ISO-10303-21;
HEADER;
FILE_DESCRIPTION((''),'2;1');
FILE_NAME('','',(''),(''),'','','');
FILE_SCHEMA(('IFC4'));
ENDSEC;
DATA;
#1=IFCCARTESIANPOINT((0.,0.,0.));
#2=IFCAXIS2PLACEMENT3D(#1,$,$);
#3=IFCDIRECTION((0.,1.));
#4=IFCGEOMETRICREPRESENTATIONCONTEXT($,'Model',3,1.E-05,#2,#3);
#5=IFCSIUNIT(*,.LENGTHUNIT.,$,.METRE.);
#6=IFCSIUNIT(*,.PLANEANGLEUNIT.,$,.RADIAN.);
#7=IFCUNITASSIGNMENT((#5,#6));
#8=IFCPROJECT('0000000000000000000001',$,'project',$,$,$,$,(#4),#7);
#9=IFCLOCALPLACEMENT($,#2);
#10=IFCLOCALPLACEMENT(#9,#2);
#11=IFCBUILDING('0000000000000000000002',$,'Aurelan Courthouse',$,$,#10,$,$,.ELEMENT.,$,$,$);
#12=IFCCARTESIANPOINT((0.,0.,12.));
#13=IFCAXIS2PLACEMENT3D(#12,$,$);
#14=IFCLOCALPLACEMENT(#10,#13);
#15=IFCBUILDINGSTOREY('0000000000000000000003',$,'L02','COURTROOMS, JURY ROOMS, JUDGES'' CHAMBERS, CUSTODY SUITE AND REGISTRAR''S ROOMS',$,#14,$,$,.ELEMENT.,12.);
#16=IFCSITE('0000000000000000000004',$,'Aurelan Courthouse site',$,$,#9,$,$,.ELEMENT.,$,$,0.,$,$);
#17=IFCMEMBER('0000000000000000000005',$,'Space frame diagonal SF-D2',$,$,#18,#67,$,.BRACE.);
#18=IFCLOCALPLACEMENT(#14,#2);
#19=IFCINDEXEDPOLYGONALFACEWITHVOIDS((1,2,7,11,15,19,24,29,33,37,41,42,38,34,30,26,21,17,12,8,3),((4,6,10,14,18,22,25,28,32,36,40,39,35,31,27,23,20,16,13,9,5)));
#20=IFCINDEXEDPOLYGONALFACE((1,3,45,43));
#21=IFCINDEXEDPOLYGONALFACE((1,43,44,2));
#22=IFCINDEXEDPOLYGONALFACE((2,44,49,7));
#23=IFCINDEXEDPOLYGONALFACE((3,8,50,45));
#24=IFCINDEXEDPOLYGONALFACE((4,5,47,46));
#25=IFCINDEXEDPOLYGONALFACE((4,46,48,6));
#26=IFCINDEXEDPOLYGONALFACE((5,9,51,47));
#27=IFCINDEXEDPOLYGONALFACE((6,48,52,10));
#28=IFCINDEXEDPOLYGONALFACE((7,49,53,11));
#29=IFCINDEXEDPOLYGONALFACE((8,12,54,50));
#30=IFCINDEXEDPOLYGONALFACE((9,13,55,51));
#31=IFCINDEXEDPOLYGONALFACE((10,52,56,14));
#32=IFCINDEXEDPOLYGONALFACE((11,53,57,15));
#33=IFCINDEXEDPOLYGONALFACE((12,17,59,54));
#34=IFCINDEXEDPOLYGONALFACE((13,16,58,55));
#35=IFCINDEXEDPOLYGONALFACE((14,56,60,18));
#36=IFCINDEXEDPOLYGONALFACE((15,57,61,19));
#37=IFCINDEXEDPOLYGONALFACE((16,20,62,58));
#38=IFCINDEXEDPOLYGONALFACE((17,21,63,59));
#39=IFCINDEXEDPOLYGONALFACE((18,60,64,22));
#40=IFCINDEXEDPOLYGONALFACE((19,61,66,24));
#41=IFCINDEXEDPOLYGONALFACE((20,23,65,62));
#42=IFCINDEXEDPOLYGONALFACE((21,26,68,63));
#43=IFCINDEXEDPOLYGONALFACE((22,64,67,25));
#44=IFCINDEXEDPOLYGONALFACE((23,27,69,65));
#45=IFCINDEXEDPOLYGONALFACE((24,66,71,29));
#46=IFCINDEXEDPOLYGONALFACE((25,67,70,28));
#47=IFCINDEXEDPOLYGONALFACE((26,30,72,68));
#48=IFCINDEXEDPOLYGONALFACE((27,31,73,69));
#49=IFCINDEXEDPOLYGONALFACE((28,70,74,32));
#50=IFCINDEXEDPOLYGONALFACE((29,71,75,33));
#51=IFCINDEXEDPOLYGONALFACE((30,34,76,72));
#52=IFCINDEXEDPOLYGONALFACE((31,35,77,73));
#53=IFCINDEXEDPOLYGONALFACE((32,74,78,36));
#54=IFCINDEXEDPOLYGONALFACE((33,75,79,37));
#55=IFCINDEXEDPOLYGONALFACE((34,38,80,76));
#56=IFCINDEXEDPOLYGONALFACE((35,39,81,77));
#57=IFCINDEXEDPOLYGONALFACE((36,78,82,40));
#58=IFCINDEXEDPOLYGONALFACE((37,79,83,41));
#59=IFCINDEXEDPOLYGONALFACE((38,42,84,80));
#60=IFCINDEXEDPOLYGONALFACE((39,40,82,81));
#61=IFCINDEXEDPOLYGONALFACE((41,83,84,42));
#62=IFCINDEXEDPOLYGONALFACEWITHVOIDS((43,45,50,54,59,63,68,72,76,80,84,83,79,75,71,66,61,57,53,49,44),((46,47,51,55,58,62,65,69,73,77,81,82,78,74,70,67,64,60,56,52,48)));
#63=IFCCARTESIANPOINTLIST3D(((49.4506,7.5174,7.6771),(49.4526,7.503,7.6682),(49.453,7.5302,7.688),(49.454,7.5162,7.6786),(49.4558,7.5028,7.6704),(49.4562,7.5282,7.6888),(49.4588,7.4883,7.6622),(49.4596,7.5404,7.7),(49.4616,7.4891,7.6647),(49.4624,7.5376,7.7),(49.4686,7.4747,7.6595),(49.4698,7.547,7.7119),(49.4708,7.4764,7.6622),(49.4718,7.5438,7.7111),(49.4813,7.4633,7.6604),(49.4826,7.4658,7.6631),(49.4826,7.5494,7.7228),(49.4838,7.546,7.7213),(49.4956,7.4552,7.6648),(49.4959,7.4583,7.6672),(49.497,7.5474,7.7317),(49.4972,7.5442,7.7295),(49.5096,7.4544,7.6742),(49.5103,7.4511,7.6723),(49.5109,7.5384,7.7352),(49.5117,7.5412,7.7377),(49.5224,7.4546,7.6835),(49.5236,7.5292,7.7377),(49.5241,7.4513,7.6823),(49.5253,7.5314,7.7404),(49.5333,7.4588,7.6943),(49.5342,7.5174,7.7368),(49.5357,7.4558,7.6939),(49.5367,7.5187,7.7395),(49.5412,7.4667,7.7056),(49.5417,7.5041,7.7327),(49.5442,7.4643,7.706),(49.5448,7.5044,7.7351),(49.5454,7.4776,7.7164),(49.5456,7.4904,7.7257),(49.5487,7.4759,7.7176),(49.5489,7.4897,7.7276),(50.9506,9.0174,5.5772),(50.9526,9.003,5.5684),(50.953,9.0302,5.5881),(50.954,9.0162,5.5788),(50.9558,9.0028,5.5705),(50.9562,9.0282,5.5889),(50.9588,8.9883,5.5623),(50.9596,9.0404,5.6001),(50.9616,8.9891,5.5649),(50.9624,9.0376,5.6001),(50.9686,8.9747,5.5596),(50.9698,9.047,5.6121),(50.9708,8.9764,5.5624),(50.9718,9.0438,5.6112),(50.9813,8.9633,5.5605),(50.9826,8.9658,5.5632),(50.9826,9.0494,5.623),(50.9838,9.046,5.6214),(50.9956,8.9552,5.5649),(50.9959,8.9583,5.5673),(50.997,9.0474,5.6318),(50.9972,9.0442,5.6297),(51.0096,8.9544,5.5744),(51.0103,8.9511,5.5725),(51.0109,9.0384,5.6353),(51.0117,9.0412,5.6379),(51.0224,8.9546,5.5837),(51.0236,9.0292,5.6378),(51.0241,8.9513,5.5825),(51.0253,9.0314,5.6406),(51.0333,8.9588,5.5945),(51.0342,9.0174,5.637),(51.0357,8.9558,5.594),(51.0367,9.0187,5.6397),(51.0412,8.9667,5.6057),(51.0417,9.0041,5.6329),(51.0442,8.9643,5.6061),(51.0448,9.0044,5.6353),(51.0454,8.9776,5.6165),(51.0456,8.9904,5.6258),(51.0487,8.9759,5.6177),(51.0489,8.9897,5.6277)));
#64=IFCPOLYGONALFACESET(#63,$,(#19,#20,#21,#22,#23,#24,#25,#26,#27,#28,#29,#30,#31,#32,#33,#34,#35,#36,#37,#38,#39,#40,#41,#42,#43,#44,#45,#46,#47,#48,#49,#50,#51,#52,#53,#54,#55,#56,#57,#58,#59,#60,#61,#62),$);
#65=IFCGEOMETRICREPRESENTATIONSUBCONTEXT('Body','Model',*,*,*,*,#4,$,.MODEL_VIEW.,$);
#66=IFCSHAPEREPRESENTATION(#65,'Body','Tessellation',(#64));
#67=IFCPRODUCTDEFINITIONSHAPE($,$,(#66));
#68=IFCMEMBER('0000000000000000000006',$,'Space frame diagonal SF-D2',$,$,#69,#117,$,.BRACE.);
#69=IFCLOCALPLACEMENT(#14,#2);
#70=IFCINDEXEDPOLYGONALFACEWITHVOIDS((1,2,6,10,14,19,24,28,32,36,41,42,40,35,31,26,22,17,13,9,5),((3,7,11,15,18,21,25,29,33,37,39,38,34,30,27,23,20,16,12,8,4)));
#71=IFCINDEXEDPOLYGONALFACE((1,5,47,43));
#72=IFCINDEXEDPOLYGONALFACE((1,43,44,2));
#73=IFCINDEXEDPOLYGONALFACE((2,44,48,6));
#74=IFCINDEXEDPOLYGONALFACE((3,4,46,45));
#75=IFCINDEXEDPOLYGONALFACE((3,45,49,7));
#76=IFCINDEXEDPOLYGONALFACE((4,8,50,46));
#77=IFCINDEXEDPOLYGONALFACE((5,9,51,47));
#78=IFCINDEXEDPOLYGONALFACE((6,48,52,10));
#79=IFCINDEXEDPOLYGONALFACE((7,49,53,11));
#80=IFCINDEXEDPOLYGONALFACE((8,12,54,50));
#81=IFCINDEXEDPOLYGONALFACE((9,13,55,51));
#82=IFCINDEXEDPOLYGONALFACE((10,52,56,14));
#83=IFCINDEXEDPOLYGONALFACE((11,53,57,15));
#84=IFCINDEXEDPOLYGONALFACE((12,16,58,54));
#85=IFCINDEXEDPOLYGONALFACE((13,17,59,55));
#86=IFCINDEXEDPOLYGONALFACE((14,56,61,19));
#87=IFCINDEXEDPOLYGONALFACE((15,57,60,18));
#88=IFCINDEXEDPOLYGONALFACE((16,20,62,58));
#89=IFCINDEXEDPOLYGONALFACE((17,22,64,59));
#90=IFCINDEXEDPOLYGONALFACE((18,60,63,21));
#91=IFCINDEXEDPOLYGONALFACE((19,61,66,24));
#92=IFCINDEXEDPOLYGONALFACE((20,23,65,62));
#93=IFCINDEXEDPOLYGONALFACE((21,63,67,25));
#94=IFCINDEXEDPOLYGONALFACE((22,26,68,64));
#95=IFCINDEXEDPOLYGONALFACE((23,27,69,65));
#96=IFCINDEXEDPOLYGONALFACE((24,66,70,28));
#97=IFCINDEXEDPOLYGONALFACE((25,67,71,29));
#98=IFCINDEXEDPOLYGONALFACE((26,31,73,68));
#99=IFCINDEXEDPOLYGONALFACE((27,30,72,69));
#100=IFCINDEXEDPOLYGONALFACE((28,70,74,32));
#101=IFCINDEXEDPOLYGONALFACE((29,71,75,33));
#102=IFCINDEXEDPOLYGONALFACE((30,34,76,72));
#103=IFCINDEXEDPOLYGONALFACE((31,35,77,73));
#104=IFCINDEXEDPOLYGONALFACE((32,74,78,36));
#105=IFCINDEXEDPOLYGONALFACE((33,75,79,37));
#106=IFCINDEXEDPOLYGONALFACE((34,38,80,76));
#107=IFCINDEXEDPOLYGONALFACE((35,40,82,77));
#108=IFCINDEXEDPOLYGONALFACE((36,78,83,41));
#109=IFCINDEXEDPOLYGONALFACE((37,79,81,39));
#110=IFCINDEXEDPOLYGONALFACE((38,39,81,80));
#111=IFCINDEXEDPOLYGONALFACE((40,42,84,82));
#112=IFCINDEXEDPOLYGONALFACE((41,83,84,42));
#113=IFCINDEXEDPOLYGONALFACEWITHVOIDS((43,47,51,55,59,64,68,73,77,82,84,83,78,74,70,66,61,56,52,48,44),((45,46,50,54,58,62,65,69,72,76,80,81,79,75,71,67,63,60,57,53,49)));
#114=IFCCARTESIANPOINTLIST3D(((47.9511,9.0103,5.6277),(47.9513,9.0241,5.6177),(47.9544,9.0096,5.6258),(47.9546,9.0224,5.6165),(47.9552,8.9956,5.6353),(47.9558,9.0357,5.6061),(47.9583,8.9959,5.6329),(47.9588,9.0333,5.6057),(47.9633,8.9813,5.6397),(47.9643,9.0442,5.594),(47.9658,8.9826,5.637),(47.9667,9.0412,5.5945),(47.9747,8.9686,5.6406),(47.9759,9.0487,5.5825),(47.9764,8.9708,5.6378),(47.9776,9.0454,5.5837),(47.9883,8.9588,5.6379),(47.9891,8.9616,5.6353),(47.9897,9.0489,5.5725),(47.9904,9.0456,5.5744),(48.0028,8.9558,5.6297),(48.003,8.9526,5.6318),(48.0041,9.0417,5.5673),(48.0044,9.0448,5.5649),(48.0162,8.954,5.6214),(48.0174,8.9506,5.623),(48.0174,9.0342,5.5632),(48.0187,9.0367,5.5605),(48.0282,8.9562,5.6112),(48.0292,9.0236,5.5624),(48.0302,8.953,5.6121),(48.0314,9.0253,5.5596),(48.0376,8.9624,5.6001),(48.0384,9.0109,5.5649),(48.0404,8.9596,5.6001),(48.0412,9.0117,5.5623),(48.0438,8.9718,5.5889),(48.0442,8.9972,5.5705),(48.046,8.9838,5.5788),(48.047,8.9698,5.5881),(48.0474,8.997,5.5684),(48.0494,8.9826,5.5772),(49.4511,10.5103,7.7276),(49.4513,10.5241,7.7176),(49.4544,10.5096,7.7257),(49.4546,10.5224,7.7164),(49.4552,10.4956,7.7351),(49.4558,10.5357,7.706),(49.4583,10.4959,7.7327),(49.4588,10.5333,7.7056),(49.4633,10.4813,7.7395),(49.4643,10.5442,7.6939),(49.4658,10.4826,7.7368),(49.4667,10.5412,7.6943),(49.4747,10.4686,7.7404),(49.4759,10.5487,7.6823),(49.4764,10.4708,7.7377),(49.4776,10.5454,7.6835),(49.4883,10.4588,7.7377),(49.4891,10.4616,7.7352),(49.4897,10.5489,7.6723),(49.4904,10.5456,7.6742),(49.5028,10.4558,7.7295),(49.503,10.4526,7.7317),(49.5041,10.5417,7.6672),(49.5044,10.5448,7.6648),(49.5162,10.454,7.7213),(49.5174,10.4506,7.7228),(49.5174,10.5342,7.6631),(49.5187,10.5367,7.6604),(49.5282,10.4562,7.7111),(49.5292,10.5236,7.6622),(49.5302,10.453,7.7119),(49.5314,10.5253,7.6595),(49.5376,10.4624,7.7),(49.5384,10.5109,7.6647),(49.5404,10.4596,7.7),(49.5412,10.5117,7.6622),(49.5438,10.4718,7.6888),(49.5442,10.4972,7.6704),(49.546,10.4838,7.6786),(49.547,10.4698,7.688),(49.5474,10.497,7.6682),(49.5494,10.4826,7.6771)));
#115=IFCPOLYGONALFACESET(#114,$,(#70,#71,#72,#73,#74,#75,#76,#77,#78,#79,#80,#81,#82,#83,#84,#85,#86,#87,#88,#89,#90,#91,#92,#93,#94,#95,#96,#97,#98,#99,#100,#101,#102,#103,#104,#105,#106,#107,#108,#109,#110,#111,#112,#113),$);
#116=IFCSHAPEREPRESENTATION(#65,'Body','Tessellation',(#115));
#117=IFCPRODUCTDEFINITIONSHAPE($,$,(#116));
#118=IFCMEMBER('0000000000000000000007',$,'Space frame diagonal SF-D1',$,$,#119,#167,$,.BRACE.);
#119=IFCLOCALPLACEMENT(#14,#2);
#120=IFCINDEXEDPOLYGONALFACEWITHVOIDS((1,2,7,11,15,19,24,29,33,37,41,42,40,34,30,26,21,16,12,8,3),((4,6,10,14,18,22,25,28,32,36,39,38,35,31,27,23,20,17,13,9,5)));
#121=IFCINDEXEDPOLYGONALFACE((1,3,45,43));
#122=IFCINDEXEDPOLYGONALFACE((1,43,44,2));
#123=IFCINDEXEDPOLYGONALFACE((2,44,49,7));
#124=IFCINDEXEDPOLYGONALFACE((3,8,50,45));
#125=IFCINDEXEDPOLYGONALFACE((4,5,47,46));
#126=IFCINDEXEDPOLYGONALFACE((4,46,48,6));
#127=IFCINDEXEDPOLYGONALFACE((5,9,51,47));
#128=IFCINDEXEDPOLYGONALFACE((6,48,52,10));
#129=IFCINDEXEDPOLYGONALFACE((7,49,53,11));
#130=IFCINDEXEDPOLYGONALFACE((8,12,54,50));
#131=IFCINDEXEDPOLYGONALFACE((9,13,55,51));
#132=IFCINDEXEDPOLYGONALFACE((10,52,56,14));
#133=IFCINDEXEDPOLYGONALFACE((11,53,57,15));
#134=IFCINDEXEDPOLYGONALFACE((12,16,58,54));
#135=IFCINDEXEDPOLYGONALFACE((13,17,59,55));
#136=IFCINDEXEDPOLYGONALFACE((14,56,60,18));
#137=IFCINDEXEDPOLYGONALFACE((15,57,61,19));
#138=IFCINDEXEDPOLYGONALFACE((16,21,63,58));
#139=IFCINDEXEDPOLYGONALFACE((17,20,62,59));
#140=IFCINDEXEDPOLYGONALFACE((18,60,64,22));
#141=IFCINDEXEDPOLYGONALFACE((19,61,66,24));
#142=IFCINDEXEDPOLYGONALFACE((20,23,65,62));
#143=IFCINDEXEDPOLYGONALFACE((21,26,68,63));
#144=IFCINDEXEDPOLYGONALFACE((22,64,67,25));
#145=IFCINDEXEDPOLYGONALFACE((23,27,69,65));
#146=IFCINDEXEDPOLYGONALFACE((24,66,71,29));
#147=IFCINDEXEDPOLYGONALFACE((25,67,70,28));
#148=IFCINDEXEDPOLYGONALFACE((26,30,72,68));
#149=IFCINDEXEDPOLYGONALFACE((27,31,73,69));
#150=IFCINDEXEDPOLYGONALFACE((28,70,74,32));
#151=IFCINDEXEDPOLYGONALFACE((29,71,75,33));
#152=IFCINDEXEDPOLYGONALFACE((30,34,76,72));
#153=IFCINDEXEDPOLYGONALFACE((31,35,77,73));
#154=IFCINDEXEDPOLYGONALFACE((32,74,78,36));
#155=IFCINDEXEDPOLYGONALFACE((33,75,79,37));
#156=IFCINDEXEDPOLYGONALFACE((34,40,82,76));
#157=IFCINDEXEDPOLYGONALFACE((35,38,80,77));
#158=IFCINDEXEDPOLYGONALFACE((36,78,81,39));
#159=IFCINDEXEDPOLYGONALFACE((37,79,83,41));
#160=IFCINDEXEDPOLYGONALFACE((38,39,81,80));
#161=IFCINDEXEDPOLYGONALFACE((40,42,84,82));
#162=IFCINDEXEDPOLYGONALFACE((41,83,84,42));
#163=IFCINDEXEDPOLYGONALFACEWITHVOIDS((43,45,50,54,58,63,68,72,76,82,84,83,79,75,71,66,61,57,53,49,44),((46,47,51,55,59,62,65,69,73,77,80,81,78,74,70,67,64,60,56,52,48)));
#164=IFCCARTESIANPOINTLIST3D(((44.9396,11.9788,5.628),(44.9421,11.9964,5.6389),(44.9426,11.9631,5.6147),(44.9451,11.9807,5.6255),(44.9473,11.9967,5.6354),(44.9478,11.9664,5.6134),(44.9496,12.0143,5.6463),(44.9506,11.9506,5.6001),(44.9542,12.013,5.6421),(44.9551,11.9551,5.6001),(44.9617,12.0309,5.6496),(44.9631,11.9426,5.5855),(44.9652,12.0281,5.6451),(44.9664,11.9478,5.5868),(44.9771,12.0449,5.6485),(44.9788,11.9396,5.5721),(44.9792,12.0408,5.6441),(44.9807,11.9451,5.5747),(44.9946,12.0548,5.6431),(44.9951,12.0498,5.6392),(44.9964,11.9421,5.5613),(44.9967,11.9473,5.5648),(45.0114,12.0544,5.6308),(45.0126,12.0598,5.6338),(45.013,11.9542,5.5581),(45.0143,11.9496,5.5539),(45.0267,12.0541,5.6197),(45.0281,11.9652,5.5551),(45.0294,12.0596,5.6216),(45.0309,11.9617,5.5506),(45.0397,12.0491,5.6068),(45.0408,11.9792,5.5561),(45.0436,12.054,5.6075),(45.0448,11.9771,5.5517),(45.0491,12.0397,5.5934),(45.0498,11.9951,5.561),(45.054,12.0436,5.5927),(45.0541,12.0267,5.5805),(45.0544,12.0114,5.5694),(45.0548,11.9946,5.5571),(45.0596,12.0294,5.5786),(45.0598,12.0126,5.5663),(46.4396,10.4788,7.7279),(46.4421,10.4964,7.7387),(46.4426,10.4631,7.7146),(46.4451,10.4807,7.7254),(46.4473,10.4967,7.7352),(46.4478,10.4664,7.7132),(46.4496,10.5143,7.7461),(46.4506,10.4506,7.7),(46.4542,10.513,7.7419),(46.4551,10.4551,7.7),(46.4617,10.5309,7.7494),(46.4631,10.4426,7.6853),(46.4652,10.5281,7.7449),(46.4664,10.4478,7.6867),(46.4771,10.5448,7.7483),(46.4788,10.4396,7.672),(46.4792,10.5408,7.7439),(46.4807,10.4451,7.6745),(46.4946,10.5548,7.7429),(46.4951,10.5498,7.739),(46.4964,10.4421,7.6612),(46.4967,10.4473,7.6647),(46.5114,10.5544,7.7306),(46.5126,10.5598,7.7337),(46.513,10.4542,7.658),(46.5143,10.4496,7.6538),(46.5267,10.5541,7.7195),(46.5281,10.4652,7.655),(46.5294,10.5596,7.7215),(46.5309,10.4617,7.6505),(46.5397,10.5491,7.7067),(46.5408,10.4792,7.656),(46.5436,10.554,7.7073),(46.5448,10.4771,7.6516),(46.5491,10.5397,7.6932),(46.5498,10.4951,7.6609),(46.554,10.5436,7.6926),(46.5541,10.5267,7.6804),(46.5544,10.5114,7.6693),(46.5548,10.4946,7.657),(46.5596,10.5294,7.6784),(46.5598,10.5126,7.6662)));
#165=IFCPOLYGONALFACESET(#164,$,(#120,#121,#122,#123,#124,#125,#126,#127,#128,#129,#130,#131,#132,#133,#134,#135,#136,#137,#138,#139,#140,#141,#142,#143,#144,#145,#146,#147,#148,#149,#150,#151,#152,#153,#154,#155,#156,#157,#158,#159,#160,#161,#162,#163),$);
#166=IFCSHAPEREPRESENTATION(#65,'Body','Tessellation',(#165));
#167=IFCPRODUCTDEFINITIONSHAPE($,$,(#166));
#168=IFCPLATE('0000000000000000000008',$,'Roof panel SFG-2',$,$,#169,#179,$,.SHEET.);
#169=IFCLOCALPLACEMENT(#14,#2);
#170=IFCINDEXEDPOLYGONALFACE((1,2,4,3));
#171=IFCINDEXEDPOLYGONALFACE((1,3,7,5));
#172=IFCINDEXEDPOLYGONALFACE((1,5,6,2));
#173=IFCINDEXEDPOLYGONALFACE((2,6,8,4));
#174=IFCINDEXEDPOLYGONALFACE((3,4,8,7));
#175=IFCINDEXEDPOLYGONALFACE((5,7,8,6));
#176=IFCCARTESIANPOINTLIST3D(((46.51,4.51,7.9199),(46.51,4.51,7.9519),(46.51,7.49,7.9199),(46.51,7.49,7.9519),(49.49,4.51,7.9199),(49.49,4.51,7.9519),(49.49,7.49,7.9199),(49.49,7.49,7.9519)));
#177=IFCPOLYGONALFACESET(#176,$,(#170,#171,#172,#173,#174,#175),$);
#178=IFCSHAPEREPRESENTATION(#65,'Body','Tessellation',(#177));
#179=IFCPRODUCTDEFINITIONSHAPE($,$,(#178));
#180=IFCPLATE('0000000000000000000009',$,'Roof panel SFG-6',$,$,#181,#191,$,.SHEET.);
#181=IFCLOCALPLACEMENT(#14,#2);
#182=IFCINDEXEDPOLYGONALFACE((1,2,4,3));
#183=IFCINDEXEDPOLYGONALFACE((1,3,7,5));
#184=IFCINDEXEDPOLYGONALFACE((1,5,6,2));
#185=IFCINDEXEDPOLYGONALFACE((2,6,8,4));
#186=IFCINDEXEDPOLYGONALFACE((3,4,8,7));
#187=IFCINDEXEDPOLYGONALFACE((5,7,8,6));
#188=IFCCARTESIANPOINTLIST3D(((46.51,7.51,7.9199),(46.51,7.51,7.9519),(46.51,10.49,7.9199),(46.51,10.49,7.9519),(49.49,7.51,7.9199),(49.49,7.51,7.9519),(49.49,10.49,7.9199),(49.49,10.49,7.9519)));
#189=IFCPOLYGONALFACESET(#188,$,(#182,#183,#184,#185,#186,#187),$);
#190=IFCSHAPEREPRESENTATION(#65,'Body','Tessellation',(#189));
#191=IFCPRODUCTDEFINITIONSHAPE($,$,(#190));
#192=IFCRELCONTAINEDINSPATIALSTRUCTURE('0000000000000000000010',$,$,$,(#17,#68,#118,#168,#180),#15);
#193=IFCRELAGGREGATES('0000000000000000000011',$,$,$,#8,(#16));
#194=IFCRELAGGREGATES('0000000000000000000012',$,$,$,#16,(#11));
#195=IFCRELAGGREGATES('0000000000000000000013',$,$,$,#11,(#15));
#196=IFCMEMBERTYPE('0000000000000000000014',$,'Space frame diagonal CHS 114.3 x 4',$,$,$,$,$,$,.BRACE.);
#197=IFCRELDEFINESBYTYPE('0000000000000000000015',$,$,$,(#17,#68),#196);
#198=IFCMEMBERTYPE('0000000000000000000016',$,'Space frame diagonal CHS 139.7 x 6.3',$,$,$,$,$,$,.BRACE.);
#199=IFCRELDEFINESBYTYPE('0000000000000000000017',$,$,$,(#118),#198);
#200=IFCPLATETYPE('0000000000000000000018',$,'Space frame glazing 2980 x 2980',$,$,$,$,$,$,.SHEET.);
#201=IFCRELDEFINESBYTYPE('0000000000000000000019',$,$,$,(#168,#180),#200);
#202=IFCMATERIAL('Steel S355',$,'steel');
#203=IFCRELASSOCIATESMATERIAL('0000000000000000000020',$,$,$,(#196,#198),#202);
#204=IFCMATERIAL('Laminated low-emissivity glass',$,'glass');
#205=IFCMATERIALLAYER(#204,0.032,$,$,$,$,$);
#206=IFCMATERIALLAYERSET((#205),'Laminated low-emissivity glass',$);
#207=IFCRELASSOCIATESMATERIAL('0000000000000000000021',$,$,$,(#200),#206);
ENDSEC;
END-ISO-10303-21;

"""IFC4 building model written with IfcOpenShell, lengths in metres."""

from ifc_helpers import new_model, si_unit, direction, frame, origin, origin_2d, place, context, subcontext, project, spatial, rectangle, hollow_circle, extrude, material, layer, layer_set, material_profile, profile_set, type_object, element, save


model = new_model("IFC4")

# Units and contexts
model_context = context("Model", 3, precision=1e-05, world=origin(), true_north=direction((0.0, 1.0)))
body_context = subcontext(model_context, "Body", "Model", "MODEL_VIEW")
ifc_project = project(units=[si_unit("LENGTHUNIT", "METRE"), si_unit("PLANEANGLEUNIT", "RADIAN")], contexts=[model_context])

# Site, building, storey
site_placement = place(None, origin())
site = spatial("IfcSite", under=ifc_project, at=site_placement, Name="Aurelan Courthouse site", CompositionType="ELEMENT", RefElevation=0.0)
building_placement = place(site_placement, origin())
building = spatial("IfcBuilding", under=site, at=building_placement, Name="Aurelan Courthouse", CompositionType="ELEMENT")
storey_placement = place(building_placement, frame((0.0, 0.0, 12.0)))
storey = spatial("IfcBuildingStorey", under=building, at=storey_placement, Name="L02", Description="COURTROOMS, JURY ROOMS, JUDGES' CHAMBERS, CUSTODY SUITE AND REGISTRAR'S ROOMS", CompositionType="ELEMENT", Elevation=12.0)

# Members
ifc_material_1 = material(Name="Steel S355", Category="steel")
ifc_material_profile_1 = material_profile(ifc_material_1, hollow_circle(Radius=0.0571, WallThickness=0.0039, at=origin_2d()), Name="CHS 114.3 x 4")
ifc_profile_set_1 = profile_set([ifc_material_profile_1], Name="Steel S355")
member_type_1 = type_object("IfcMemberType", Name="Space frame diagonal CHS 114.3 x 4", PredefinedType="BRACE", material=ifc_profile_set_1)
for number, where, z_axis, x_axis, name in (
    (1, (49.5, 7.5, 7.7), (0.502536, 0.502536, -0.703502), (-0.707107, 0.707107, 0.0), "Space frame diagonal SF-D2"),
    (2, (49.5, 10.5, 7.7), (-0.502536, -0.502536, -0.703502), (0.707107, -0.707107, 0.0), "Space frame diagonal SF-D2"),
):
    element("IfcMember", number, at=place(storey_placement, frame(where, z_axis=z_axis, x_axis=x_axis)), inside=storey, type_object=member_type_1, Name=name, PredefinedType="BRACE", context=body_context, shape_type="SweptSolid", body=[
        extrude(hollow_circle(Radius=0.0571, WallThickness=0.0039, at=origin_2d()), origin(), (0.0, 0.0, 1.0), 2.9849),
    ])
ifc_material_profile_2 = material_profile(ifc_material_1, hollow_circle(Radius=0.0698, WallThickness=0.0063, at=origin_2d()), Name="CHS 139.7 x 6.3")
ifc_profile_set_2 = profile_set([ifc_material_profile_2], Name="Steel S355")
member_type_2 = type_object("IfcMemberType", Name="Space frame diagonal CHS 139.7 x 6.3", PredefinedType="BRACE", material=ifc_profile_set_2)
member_placement = place(storey_placement, frame((46.5, 10.5, 7.7), z_axis=(-0.502536, 0.502536, -0.703502), x_axis=(-0.707107, -0.707107, 0.0)))
element("IfcMember", 3, at=member_placement, inside=storey, type_object=member_type_2, Name="Space frame diagonal SF-D1", PredefinedType="BRACE", context=body_context, shape_type="SweptSolid", body=[
    extrude(hollow_circle(Radius=0.0698, WallThickness=0.0063, at=origin_2d()), origin(), (0.0, 0.0, 1.0), 2.9849),
])

# Plates
ifc_material_2 = material(Name="Laminated low-emissivity glass", Category="glass")
ifc_layer_1 = layer(ifc_material_2, 0.032)
ifc_layer_set_1 = layer_set([ifc_layer_1], Name="Laminated low-emissivity glass")
plate_type = type_object("IfcPlateType", Name="Space frame glazing 2980 x 2980", PredefinedType="SHEET", material=ifc_layer_set_1)
for number, where, z_axis, x_axis, name in (
    (4, (48.0, 6.0, 7.9199), (0.0, 0.0, 1.0), (1.0, 0.0, 0.0), "Roof panel SFG-2"),
    (5, (48.0, 9.0, 7.9199), (0.0, 0.0, 1.0), (1.0, 0.0, 0.0), "Roof panel SFG-6"),
):
    element("IfcPlate", number, at=place(storey_placement, frame(where, z_axis=z_axis, x_axis=x_axis)), inside=storey, type_object=plate_type, Name=name, PredefinedType="SHEET", context=body_context, shape_type="SweptSolid", body=[
        extrude(rectangle(XDim=2.98, YDim=2.98, at=origin_2d()), origin(), (0.0, 0.0, 1.0), 0.032),
    ])

save(model, "model.ifc")
